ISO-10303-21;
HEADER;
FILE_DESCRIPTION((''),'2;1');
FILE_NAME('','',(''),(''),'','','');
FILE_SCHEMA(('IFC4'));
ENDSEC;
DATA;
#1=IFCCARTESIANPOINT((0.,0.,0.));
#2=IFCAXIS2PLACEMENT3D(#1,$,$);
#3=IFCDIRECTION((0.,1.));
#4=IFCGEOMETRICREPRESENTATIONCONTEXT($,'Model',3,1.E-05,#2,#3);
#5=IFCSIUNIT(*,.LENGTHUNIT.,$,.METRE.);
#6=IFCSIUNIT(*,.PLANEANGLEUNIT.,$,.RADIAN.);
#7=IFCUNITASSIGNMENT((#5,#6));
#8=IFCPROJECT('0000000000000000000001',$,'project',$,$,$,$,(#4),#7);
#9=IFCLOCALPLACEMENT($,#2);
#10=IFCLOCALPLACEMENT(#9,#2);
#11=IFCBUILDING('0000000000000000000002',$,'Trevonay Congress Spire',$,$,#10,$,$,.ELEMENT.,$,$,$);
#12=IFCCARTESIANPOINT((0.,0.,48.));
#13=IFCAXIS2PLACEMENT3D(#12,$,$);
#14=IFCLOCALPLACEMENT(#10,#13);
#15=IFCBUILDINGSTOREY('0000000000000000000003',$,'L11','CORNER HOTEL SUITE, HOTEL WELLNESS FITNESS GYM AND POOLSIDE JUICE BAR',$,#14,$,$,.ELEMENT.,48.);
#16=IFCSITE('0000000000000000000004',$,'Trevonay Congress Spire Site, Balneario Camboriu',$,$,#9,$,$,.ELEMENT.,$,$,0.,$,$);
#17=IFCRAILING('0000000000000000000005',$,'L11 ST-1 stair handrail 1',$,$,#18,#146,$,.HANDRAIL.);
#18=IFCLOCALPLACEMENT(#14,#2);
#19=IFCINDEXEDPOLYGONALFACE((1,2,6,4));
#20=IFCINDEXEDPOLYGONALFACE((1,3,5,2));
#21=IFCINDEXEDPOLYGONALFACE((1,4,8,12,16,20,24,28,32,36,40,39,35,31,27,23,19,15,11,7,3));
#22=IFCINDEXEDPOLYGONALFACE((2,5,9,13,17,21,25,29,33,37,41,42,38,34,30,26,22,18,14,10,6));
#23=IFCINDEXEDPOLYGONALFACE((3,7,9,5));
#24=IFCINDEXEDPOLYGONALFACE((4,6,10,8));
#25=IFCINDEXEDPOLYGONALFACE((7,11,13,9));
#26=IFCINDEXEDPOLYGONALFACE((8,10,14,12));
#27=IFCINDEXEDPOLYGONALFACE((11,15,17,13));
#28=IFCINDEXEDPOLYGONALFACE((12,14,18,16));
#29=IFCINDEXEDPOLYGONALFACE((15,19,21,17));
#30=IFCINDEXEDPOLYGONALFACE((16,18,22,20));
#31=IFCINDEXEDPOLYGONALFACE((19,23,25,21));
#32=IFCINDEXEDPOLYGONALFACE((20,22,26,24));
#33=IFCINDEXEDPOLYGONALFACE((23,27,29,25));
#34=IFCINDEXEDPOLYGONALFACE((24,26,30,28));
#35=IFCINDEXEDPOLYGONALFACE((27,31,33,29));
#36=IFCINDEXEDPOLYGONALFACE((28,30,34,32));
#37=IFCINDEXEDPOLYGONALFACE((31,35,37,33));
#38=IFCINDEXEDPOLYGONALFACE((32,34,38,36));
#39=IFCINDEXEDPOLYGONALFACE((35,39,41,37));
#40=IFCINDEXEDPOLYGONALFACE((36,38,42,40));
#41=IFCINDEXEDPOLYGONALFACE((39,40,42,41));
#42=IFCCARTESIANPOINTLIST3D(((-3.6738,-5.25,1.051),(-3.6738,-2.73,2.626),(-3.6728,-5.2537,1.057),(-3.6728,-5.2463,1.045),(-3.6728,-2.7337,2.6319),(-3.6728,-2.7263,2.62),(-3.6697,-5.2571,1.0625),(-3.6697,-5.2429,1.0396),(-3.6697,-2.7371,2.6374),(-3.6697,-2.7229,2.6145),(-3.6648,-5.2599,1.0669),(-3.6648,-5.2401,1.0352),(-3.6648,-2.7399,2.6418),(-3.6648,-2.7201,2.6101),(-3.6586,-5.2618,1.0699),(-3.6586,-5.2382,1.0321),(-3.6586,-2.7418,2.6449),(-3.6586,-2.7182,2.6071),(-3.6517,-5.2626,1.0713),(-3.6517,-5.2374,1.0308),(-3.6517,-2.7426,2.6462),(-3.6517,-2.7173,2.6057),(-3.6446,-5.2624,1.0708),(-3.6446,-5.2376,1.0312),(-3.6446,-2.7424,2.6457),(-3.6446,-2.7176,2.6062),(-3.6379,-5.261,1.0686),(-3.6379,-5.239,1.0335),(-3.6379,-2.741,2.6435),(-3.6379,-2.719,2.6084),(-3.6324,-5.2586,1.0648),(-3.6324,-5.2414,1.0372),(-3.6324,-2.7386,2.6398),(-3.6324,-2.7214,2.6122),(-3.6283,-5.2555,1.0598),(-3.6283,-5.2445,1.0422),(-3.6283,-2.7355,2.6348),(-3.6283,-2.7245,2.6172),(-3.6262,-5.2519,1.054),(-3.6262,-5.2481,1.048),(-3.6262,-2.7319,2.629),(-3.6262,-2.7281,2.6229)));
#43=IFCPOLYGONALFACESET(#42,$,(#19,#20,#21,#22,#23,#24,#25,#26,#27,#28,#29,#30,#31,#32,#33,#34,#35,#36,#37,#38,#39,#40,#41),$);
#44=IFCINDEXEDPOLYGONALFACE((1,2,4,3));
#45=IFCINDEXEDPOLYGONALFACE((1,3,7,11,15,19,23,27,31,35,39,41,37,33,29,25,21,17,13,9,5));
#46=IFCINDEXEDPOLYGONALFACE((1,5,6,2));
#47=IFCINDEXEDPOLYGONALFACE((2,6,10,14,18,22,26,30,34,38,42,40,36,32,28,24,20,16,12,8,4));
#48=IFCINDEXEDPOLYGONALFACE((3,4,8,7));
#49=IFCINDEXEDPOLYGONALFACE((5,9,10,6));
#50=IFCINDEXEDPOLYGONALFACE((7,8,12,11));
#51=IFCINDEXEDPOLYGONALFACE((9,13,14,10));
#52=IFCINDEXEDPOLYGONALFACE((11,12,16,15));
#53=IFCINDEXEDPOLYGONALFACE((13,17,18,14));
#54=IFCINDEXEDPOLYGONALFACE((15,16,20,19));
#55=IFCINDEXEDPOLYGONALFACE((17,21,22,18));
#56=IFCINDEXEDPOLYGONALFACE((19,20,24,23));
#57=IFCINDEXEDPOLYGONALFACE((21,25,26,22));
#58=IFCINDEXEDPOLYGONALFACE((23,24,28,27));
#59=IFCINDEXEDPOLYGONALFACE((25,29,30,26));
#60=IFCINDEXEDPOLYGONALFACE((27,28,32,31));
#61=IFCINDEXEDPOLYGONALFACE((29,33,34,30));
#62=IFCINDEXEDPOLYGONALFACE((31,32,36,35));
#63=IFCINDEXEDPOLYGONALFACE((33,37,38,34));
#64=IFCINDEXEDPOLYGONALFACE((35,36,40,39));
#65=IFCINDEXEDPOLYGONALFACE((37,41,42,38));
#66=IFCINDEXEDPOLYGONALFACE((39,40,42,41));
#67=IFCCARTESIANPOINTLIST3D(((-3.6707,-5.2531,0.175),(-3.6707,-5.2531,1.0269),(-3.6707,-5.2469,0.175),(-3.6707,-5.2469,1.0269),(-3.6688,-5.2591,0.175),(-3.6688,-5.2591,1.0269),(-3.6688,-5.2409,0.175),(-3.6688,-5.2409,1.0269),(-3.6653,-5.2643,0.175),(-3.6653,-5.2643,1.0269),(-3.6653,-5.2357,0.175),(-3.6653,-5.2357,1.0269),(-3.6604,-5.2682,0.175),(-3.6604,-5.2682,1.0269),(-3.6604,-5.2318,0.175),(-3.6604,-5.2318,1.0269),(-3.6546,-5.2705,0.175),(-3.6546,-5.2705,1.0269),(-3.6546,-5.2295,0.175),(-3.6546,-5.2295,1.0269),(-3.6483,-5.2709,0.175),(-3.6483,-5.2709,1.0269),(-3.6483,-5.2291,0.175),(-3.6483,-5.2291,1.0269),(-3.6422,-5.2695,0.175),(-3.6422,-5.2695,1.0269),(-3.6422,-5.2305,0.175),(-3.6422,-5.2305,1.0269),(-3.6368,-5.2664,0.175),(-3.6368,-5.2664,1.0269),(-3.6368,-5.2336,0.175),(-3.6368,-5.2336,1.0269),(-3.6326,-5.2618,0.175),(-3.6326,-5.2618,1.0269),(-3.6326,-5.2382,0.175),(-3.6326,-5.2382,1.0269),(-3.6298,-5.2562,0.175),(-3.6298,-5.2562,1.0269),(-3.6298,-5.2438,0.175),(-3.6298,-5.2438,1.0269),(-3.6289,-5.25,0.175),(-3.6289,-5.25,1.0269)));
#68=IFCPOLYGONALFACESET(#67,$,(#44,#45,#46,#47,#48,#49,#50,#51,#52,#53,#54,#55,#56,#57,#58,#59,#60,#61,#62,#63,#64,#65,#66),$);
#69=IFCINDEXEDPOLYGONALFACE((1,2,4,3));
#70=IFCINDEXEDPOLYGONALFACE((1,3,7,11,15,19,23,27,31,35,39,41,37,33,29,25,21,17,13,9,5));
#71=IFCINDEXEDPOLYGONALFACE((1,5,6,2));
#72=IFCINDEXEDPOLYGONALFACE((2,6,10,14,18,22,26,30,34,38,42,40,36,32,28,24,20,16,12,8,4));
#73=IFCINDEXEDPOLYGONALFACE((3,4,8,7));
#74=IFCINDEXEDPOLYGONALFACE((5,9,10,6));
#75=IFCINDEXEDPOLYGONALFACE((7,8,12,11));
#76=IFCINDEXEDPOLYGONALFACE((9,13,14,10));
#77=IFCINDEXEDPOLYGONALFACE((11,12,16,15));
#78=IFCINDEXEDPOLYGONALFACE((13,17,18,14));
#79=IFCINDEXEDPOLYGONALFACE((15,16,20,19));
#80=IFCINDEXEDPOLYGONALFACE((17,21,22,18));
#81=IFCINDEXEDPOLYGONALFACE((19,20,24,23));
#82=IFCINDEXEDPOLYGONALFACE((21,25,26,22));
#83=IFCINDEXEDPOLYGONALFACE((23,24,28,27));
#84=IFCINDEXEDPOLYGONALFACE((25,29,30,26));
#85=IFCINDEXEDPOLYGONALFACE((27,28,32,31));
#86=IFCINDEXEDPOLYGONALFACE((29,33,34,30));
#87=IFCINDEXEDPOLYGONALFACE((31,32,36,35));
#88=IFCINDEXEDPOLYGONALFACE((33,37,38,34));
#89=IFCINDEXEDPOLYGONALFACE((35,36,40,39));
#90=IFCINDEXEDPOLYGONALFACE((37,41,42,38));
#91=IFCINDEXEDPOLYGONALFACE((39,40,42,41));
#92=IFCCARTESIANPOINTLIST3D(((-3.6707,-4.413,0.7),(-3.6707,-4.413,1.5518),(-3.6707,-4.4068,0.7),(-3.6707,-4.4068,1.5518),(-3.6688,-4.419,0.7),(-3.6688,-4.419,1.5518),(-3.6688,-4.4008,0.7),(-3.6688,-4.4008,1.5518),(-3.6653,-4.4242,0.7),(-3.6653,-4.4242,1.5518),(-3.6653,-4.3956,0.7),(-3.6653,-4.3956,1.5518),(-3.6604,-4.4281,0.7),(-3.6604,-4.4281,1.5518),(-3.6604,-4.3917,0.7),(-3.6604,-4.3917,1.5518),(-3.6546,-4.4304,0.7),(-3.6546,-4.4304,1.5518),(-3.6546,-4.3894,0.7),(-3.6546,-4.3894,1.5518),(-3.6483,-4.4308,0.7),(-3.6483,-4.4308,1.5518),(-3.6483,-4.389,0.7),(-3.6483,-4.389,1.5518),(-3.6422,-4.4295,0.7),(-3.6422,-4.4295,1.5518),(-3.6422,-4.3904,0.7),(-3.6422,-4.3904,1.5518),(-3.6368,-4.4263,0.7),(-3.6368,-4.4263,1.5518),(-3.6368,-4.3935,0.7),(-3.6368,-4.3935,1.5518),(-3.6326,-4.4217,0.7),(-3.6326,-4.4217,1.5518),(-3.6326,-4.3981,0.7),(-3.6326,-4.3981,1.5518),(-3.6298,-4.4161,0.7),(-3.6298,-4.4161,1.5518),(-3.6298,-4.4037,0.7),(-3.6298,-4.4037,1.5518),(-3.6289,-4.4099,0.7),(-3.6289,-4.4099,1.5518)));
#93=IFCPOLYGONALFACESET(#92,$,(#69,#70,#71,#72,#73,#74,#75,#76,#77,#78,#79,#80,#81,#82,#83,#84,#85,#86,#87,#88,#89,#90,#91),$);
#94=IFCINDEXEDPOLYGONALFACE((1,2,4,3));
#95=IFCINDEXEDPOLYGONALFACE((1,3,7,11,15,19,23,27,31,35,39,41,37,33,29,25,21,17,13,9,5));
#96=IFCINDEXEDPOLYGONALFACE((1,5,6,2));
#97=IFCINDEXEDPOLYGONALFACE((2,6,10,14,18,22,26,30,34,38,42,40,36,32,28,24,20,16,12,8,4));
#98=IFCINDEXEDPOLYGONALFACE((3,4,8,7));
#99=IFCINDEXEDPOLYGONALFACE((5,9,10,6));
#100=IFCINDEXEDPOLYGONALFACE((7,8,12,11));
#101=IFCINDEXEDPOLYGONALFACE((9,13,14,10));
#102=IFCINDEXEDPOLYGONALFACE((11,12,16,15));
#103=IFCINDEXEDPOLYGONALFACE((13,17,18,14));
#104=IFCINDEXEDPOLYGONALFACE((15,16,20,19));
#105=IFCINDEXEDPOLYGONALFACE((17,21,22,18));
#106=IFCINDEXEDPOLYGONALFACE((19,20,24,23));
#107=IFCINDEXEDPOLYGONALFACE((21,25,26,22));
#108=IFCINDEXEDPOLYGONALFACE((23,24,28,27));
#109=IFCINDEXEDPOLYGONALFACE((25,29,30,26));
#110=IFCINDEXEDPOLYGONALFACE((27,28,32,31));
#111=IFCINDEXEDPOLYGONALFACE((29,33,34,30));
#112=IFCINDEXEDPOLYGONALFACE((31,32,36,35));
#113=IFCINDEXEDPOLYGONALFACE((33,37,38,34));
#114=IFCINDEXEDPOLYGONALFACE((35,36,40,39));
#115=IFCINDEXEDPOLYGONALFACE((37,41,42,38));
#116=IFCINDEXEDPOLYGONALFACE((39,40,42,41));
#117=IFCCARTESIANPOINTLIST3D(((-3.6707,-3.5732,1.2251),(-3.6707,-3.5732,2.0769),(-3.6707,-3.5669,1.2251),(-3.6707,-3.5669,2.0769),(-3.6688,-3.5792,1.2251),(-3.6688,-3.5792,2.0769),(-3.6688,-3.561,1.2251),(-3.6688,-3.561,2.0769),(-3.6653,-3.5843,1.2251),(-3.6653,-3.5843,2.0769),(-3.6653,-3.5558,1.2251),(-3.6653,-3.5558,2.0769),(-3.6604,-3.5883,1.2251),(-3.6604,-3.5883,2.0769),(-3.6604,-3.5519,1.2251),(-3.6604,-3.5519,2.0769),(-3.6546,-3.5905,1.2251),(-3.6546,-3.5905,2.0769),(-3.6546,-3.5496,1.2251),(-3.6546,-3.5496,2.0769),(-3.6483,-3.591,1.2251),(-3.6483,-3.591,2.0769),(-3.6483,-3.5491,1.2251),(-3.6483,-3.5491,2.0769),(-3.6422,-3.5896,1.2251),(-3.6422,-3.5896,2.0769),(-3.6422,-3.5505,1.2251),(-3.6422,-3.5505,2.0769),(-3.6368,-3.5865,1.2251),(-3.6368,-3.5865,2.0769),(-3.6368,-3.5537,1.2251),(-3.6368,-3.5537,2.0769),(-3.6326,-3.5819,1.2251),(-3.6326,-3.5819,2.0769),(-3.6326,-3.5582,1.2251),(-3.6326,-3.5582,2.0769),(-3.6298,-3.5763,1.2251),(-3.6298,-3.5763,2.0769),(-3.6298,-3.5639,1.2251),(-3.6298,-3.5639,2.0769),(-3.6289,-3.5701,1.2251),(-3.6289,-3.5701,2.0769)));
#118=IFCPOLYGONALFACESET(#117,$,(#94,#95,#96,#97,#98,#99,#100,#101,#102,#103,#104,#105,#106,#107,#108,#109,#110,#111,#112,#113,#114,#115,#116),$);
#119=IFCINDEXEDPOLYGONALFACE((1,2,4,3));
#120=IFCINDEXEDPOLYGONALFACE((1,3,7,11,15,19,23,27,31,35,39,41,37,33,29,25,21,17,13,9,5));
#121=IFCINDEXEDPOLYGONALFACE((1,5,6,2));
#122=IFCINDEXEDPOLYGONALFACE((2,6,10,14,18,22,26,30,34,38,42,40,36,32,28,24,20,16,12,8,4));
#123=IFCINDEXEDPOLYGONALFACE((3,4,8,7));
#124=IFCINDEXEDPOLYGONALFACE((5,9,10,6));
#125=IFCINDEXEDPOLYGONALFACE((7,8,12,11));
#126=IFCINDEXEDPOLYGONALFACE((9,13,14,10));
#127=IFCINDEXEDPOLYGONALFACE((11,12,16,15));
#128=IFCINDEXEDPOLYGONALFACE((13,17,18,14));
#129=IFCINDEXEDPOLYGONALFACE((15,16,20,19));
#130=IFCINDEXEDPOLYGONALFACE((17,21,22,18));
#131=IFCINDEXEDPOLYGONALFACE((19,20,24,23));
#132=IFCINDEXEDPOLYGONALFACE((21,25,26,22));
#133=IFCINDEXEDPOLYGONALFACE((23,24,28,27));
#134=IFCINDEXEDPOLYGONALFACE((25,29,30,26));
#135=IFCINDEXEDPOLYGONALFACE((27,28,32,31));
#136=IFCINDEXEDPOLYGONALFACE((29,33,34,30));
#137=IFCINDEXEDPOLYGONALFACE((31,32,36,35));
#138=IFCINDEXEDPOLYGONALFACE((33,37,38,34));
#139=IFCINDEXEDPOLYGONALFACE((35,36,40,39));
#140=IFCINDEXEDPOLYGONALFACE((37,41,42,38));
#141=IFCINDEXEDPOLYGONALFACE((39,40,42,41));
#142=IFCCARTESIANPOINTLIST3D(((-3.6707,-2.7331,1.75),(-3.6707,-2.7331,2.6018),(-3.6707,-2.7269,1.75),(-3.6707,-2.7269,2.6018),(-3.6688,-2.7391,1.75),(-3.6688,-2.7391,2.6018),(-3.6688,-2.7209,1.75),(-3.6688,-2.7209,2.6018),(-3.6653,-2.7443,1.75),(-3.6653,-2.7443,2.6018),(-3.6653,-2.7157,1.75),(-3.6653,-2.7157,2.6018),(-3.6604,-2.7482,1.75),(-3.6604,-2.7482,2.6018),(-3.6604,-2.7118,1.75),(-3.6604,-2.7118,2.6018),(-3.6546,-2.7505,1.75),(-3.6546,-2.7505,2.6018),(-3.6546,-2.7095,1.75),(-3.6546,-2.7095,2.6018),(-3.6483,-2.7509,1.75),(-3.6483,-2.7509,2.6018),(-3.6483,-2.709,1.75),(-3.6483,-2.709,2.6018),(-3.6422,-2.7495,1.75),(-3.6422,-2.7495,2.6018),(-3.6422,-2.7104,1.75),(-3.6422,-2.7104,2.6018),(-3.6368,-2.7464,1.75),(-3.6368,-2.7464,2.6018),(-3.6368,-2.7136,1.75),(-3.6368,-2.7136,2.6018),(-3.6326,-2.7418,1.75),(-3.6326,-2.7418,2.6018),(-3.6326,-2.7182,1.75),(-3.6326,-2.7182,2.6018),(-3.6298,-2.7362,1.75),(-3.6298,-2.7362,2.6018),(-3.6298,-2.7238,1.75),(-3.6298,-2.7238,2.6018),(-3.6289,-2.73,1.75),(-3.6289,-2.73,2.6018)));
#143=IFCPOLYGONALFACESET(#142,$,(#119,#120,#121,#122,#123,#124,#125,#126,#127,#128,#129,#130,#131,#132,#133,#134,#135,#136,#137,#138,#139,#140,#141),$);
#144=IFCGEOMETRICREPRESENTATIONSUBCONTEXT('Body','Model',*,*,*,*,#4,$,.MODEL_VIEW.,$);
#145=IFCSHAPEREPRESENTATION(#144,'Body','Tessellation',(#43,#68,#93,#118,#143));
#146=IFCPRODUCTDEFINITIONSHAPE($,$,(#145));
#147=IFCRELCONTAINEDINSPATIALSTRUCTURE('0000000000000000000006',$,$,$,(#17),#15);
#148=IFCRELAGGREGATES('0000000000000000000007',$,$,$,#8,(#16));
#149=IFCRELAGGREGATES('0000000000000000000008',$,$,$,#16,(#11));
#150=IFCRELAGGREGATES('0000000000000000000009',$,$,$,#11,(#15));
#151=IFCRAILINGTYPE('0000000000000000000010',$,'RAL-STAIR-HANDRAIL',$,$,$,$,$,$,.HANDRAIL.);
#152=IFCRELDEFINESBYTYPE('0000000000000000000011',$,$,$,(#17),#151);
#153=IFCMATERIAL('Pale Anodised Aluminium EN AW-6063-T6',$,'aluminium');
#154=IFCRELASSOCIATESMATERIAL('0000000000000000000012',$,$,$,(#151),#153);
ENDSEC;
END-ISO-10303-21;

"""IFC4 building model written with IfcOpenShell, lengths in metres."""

from ifc_helpers import new_model, si_unit, direction, frame, origin, origin_2d, place, context, subcontext, project, spatial, circle, extrude, material, type_object, element, save


model = new_model("IFC4")

# Units and contexts
model_context = context("Model", 3, precision=1e-05, world=origin(), true_north=direction((0.0, 1.0)))
body_context = subcontext(model_context, "Body", "Model", "MODEL_VIEW")
ifc_project = project(units=[si_unit("LENGTHUNIT", "METRE"), si_unit("PLANEANGLEUNIT", "RADIAN")], contexts=[model_context])

# Site, building, storey
site_placement = place(None, origin())
site = spatial("IfcSite", under=ifc_project, at=site_placement, Name="Trevonay Congress Spire Site, Balneario Camboriu", CompositionType="ELEMENT", RefElevation=0.0)
building_placement = place(site_placement, origin())
building = spatial("IfcBuilding", under=site, at=building_placement, Name="Trevonay Congress Spire", CompositionType="ELEMENT")
storey_placement = place(building_placement, frame((0.0, 0.0, 48.0)))
storey = spatial("IfcBuildingStorey", under=building, at=storey_placement, Name="L11", Description="CORNER HOTEL SUITE, HOTEL WELLNESS FITNESS GYM AND POOLSIDE JUICE BAR", CompositionType="ELEMENT", Elevation=48.0)

# Railing
ifc_material_1 = material(Name="Pale Anodised Aluminium EN AW-6063-T6", Category="aluminium")
railing_type_1 = type_object("IfcRailingType", Name="RAL-STAIR-HANDRAIL", PredefinedType="HANDRAIL", material=ifc_material_1)
railing_1_placement = place(storey_placement, frame((-3.6499, -5.25, 0.175)))
element("IfcRailing", 1, at=railing_1_placement, inside=storey, type_object=railing_type_1, Name="L11 ST-1 stair handrail 1", PredefinedType="HANDRAIL", context=body_context, shape_type="SweptSolid", body=[
    extrude(circle(Radius=0.0239, at=origin_2d()), frame((0.0, 0.0, 0.876), z_axis=(0.0, 0.848008, 0.529984), x_axis=(-1.0, 0.0, 0.0)), (0.0, 0.0, 1.0), 2.9717),
    extrude(circle(Radius=0.021, at=origin_2d()), origin(), (0.0, 0.0, 1.0), 0.8518),
    extrude(circle(Radius=0.021, at=origin_2d()), frame((0.0, 0.8401, 0.5249)), (0.0, 0.0, 1.0), 0.8518),
    extrude(circle(Radius=0.021, at=origin_2d()), frame((0.0, 1.6799, 1.05)), (0.0, 0.0, 1.0), 0.8518),
    extrude(circle(Radius=0.021, at=origin_2d()), frame((0.0, 2.52, 1.575)), (0.0, 0.0, 1.0), 0.8518),
])

save(model, "model.ifc")
